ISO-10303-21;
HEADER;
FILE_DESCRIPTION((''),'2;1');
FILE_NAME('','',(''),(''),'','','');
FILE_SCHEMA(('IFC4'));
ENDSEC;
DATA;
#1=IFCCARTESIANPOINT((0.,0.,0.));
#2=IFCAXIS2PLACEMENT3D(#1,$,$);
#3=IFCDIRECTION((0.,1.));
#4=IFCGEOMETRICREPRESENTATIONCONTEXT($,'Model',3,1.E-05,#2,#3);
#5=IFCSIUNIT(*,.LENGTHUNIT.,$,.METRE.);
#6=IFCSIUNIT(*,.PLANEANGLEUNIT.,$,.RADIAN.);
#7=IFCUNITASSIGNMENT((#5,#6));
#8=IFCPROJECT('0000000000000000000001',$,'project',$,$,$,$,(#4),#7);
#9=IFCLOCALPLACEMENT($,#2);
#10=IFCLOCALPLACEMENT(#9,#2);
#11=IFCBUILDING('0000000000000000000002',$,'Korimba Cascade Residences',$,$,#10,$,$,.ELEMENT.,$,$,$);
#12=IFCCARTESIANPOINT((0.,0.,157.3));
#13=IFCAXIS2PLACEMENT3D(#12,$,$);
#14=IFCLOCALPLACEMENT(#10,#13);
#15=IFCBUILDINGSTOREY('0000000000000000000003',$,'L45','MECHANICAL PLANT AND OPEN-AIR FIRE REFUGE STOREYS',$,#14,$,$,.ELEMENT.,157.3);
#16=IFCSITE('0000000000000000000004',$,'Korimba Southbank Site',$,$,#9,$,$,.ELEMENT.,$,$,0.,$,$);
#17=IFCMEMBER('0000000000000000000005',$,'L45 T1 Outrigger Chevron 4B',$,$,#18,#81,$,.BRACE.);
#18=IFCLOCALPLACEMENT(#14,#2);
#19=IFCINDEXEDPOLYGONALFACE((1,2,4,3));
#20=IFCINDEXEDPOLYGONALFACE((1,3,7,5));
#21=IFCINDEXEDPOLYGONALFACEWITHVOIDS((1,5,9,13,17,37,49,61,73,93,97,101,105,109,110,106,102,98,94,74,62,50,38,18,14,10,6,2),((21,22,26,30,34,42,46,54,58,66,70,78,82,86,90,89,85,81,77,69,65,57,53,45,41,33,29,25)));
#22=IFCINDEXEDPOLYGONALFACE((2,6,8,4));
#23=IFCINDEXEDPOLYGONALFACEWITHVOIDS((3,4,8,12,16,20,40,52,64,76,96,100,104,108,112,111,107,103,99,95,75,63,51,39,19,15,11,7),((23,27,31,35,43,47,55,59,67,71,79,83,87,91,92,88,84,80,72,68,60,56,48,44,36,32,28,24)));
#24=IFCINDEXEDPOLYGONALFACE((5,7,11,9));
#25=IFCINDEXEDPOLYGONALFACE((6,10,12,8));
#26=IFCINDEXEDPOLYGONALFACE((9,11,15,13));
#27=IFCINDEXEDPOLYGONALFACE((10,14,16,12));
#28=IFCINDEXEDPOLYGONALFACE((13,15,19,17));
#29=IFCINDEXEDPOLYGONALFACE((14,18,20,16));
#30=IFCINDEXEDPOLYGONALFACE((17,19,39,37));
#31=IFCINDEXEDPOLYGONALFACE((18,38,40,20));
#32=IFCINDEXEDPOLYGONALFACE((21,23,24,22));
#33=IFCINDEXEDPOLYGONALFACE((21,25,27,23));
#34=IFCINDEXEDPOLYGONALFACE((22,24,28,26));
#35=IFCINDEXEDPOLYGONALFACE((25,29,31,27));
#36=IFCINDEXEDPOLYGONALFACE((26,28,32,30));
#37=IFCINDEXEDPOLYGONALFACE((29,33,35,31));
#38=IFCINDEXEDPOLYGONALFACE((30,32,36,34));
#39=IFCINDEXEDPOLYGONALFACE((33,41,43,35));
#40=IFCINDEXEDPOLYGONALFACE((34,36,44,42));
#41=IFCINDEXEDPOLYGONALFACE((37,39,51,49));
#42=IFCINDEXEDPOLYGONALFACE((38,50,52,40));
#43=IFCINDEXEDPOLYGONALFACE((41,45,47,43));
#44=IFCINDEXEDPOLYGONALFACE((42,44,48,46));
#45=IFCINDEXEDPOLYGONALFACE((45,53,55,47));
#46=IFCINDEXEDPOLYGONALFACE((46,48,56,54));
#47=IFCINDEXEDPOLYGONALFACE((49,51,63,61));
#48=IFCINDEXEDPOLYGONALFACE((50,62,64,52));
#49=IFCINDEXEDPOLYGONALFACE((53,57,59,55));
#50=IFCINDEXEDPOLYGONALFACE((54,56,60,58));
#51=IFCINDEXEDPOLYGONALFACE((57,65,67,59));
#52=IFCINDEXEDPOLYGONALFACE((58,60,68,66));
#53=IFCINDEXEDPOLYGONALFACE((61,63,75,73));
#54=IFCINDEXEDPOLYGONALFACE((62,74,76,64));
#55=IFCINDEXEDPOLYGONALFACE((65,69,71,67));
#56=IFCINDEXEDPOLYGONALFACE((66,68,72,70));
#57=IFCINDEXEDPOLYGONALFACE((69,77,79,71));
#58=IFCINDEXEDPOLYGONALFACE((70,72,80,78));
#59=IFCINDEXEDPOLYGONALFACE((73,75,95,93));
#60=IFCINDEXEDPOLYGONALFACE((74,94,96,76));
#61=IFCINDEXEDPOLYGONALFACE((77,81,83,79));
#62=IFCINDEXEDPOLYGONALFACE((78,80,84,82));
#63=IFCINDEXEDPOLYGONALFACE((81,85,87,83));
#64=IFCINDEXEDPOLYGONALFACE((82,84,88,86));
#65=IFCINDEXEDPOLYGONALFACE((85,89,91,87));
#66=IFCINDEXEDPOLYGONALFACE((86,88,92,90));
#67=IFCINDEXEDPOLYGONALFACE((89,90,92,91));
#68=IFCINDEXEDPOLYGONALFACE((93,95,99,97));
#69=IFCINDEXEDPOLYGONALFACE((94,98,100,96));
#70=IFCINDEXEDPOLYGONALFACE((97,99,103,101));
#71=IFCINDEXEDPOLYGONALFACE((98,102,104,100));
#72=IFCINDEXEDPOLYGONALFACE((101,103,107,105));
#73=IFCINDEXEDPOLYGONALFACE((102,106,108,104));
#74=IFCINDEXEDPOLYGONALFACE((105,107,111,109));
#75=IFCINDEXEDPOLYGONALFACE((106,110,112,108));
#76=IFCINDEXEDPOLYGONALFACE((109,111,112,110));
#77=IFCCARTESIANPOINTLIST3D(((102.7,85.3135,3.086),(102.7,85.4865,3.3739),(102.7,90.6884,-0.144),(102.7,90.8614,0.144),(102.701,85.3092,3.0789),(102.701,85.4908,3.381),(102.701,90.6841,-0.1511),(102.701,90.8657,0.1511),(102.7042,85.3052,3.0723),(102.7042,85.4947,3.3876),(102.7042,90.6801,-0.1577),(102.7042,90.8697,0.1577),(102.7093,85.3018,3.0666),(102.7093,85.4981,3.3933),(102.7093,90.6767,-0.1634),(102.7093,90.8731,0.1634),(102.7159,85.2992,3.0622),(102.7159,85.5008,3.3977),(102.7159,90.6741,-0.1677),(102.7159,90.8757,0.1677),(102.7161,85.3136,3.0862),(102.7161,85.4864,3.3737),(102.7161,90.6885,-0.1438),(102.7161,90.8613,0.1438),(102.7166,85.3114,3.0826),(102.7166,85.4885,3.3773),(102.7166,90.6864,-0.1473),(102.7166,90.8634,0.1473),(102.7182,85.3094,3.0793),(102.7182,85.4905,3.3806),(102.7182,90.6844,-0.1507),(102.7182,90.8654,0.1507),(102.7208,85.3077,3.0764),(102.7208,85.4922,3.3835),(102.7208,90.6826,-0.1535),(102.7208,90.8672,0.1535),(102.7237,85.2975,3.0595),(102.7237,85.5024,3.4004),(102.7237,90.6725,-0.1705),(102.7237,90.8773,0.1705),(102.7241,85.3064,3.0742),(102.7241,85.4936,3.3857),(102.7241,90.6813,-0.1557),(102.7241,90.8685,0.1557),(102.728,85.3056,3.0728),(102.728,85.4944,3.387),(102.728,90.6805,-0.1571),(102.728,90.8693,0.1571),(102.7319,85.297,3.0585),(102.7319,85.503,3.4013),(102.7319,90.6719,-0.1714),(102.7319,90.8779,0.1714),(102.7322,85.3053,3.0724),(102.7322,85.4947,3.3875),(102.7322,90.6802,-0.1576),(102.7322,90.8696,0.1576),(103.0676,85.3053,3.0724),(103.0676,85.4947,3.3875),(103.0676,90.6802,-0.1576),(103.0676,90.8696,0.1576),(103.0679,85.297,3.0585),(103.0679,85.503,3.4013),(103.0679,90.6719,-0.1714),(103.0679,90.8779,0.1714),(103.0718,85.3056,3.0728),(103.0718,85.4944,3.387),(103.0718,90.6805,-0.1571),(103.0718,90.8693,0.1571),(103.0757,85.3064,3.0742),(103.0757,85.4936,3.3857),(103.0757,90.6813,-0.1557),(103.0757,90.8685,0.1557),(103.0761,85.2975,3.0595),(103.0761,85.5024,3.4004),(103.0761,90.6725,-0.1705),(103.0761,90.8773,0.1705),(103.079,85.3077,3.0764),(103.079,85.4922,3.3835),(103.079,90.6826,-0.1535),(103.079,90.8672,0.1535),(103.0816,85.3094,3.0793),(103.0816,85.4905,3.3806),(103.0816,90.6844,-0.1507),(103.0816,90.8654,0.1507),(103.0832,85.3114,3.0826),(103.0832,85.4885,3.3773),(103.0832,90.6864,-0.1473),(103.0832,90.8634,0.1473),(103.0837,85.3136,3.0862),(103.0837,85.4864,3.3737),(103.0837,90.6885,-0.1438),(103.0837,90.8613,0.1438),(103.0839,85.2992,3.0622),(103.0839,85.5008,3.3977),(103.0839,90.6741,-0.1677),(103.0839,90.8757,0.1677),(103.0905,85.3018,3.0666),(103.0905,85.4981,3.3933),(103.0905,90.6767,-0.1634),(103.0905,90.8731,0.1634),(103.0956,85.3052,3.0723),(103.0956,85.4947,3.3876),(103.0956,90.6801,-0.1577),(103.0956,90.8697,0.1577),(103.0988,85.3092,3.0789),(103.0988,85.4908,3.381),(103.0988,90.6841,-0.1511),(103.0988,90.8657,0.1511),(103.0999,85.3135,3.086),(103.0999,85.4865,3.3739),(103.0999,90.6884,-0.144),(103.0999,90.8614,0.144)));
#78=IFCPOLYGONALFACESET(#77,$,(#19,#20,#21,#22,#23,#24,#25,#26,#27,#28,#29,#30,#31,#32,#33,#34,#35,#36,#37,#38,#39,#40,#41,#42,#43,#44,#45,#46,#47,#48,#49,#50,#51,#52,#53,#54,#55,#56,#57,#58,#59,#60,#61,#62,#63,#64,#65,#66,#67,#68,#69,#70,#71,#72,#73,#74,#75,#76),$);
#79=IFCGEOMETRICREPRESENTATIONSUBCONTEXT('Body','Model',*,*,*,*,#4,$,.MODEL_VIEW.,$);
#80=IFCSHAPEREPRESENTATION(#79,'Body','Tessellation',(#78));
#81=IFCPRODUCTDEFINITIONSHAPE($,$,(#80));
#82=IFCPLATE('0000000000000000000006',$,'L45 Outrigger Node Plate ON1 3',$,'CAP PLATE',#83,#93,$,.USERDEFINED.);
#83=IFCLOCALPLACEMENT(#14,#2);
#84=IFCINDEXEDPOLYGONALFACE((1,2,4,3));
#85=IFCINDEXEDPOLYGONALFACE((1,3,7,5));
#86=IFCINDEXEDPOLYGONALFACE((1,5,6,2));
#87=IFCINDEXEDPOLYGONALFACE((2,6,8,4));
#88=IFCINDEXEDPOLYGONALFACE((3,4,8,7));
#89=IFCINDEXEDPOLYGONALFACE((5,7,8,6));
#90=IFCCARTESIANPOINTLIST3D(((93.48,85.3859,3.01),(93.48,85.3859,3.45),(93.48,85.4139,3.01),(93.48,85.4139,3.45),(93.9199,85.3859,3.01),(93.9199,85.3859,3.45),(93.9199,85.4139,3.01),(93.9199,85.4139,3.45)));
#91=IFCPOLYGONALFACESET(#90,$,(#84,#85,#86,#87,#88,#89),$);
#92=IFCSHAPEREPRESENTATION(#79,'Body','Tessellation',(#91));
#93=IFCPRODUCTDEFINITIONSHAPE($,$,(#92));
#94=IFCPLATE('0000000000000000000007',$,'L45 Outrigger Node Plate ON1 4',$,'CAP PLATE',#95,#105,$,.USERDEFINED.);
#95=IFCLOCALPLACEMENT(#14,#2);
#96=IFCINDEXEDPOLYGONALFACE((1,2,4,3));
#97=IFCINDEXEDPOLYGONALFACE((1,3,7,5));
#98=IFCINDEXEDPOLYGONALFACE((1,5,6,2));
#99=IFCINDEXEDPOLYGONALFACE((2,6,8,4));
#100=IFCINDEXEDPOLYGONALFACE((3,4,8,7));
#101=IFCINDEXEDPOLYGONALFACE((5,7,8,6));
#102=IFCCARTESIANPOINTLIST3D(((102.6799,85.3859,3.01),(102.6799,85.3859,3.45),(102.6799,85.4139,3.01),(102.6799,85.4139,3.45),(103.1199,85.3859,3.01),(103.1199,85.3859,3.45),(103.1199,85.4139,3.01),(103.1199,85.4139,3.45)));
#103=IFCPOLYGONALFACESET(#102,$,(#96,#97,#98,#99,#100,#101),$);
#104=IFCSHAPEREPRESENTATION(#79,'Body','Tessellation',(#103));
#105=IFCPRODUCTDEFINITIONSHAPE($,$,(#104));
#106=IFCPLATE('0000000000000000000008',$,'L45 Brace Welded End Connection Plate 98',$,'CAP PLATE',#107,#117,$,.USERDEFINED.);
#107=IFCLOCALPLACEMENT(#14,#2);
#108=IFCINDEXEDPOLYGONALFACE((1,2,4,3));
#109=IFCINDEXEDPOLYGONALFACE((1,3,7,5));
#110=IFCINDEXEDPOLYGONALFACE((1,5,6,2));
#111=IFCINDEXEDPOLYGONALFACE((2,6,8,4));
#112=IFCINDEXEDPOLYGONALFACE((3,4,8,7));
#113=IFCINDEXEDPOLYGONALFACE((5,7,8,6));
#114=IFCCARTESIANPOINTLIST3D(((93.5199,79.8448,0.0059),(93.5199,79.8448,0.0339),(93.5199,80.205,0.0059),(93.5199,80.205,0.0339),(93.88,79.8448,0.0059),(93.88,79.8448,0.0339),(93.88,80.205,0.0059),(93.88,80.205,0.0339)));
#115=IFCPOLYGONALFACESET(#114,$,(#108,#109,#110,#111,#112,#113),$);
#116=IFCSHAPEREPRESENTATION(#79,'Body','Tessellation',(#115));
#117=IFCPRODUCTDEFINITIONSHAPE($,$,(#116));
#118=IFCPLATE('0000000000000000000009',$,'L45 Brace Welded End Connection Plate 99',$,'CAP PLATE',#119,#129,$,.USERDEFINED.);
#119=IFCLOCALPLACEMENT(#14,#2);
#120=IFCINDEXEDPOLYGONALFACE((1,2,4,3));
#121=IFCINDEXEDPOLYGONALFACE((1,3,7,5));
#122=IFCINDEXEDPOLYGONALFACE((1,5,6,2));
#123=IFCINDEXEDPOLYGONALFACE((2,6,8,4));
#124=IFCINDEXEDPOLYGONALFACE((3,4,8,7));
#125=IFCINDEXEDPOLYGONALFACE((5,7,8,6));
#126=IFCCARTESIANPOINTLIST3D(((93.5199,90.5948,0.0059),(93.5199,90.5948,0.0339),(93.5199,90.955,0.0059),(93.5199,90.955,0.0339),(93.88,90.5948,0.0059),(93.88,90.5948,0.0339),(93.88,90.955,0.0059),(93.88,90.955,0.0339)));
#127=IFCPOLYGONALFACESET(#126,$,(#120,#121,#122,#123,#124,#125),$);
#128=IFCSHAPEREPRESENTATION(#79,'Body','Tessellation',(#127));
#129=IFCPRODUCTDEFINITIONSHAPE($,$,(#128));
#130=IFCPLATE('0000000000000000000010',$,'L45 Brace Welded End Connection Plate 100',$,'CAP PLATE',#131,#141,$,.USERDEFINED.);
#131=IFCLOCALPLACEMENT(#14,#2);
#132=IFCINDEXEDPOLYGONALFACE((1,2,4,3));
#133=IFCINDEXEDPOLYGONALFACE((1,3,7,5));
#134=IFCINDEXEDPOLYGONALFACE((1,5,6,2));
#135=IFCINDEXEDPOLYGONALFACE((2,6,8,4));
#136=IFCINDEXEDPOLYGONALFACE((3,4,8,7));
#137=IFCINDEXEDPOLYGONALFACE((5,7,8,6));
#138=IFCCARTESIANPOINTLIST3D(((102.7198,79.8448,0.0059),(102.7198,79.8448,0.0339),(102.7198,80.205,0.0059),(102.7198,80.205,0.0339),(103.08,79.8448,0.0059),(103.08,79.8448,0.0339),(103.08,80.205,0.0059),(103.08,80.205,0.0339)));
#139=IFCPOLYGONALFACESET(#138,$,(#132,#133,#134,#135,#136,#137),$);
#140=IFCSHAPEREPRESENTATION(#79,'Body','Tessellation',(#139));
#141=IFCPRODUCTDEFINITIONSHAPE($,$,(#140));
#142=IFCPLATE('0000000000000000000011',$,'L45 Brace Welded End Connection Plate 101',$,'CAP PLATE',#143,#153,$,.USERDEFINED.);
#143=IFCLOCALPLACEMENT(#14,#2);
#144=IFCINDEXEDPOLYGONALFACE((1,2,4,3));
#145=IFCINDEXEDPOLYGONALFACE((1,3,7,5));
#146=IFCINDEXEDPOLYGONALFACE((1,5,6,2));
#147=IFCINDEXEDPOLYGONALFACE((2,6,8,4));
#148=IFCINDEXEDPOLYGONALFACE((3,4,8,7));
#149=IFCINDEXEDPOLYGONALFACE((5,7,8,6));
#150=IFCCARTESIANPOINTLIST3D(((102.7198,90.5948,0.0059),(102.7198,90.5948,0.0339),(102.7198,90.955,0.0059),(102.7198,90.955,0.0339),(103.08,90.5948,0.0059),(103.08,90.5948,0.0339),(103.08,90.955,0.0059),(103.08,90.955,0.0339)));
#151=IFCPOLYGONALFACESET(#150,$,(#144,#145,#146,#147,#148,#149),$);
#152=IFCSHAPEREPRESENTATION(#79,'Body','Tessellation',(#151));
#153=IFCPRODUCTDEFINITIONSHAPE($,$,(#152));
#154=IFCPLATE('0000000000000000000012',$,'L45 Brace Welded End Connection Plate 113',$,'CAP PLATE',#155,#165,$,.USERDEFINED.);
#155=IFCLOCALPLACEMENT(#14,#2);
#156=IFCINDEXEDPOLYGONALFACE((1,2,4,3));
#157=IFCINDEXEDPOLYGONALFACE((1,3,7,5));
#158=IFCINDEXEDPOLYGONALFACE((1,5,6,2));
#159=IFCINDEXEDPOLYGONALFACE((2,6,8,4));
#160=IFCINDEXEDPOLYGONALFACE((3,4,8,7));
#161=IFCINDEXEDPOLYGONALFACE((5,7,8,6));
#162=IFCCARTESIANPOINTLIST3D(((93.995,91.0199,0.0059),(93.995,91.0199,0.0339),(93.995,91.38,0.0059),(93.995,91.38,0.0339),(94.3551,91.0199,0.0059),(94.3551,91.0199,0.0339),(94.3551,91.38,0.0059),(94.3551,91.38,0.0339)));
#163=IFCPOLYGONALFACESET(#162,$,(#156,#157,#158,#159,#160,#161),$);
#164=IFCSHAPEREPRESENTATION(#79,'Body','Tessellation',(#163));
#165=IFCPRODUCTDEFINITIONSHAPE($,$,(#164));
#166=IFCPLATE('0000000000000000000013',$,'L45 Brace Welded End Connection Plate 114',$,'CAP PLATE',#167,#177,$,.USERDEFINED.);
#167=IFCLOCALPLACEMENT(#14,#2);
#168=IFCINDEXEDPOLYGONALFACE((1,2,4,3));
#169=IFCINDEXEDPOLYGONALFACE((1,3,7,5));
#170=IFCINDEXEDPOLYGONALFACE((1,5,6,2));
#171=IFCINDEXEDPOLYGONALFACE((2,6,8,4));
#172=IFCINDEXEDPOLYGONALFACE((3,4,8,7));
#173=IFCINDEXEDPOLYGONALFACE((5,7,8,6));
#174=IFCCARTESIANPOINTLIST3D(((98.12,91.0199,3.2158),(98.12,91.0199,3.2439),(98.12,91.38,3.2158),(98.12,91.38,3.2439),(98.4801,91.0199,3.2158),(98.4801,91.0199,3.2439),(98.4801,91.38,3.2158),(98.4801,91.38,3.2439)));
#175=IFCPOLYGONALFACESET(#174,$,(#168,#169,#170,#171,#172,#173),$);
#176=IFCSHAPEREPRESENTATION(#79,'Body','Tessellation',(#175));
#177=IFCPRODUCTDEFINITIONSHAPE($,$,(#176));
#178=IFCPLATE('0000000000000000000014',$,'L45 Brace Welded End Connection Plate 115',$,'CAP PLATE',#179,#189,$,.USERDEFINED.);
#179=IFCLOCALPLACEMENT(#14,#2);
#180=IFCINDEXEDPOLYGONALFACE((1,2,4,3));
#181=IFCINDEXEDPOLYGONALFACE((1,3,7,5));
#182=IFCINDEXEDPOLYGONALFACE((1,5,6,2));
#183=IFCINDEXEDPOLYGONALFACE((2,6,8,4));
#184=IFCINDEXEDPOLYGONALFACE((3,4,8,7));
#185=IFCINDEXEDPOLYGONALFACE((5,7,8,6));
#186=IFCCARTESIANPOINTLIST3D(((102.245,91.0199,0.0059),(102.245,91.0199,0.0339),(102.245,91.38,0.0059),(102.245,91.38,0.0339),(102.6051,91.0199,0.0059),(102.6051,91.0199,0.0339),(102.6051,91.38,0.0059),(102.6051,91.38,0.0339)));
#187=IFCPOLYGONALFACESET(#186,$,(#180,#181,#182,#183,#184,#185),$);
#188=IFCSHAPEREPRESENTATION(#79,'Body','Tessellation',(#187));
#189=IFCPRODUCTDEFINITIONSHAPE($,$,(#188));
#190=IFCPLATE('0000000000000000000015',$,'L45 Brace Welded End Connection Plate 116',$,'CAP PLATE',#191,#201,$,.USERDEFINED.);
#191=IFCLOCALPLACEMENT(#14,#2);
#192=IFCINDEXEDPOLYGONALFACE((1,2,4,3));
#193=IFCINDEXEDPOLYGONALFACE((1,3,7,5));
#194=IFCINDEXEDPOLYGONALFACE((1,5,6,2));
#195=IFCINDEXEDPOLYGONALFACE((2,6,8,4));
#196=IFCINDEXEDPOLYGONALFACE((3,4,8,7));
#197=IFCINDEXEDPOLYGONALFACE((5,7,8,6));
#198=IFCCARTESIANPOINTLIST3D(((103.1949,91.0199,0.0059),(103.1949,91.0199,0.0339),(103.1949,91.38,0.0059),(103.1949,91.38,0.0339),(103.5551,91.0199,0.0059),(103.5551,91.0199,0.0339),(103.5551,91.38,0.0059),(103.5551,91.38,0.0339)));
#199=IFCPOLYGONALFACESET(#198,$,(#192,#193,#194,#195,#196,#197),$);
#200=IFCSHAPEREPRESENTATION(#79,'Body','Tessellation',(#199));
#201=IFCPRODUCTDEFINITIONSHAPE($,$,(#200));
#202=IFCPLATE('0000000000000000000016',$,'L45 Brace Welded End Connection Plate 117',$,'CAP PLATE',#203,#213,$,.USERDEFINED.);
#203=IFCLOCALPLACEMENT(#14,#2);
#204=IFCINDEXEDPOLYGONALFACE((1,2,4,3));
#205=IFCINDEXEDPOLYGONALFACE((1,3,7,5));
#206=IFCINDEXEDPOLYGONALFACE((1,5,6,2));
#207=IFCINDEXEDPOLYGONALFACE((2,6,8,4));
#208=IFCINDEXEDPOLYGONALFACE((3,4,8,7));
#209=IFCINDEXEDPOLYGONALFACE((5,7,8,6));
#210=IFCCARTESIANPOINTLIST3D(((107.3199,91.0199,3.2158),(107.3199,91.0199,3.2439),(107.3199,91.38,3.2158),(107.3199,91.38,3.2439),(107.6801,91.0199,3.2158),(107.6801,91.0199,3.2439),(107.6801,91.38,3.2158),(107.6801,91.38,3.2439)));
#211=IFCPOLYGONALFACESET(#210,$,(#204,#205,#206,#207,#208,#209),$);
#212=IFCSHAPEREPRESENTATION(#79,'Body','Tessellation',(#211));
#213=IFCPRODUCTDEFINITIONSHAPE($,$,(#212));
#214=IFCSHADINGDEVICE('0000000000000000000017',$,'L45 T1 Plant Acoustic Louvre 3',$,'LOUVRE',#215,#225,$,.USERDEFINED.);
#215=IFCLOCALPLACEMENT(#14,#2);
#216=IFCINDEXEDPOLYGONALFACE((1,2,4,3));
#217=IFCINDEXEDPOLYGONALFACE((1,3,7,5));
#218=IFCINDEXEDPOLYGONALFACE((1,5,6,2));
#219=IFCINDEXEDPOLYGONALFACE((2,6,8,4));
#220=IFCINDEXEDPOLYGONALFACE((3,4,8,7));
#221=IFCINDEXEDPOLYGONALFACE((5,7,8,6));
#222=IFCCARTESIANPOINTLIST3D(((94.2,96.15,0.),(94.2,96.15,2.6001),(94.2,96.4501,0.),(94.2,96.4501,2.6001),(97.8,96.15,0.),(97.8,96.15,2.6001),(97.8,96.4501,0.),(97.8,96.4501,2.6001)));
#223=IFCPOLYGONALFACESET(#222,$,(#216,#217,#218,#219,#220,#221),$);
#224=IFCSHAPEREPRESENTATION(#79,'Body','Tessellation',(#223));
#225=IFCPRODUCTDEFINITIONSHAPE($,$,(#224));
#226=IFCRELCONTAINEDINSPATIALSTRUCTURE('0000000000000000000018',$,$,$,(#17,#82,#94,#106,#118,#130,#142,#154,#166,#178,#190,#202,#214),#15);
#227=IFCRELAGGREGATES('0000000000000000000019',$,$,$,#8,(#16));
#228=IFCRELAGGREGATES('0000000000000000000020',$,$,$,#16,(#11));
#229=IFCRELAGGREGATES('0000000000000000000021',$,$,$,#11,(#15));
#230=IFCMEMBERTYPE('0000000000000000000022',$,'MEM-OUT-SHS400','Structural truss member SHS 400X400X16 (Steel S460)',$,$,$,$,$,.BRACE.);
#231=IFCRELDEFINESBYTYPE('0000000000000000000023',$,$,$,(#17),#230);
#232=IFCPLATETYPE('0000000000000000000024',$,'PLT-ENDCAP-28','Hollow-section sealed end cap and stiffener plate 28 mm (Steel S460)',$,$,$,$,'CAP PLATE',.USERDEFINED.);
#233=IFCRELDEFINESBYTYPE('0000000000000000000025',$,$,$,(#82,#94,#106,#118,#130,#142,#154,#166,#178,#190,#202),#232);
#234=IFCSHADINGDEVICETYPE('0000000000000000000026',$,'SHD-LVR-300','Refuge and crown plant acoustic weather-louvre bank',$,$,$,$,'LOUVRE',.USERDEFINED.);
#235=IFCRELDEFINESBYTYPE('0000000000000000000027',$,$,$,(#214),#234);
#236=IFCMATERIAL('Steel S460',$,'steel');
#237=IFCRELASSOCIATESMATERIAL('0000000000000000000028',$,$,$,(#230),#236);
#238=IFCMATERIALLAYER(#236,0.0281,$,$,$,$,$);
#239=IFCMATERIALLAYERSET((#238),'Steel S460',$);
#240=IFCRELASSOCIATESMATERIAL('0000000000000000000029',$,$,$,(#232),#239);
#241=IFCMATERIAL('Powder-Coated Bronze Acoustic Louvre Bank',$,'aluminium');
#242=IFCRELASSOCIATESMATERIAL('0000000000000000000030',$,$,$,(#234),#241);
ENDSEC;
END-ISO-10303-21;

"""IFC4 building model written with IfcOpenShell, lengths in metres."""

from ifc_helpers import new_model, si_unit, direction, frame, origin, origin_2d, place, context, subcontext, project, spatial, rectangle, hollow_rectangle, extrude, material, layer, layer_set, material_profile, profile_set, type_object, element, save


model = new_model("IFC4")

# Units and contexts
model_context = context("Model", 3, precision=1e-05, world=origin(), true_north=direction((0.0, 1.0)))
body_context = subcontext(model_context, "Body", "Model", "MODEL_VIEW")
ifc_project = project(units=[si_unit("LENGTHUNIT", "METRE"), si_unit("PLANEANGLEUNIT", "RADIAN")], contexts=[model_context])

# Site, building, storey
site_placement = place(None, origin())
site = spatial("IfcSite", under=ifc_project, at=site_placement, Name="Korimba Southbank Site", CompositionType="ELEMENT", RefElevation=0.0)
building_placement = place(site_placement, origin())
building = spatial("IfcBuilding", under=site, at=building_placement, Name="Korimba Cascade Residences", CompositionType="ELEMENT")
storey_placement = place(building_placement, frame((0.0, 0.0, 157.3)))
storey = spatial("IfcBuildingStorey", under=building, at=storey_placement, Name="L45", Description="MECHANICAL PLANT AND OPEN-AIR FIRE REFUGE STOREYS", CompositionType="ELEMENT", Elevation=157.3)

# Member
ifc_material_1 = material(Name="Steel S460", Category="steel")
ifc_material_profile_1 = material_profile(ifc_material_1, hollow_rectangle(XDim=0.3999, YDim=0.3999, WallThickness=0.0161, InnerFilletRadius=0.0161, OuterFilletRadius=0.032, at=origin_2d()), Name="Steel S460")
ifc_profile_set_1 = profile_set([ifc_material_profile_1], Name="Steel S460")
member_type_1 = type_object("IfcMemberType", Name="MEM-OUT-SHS400", Description="Structural truss member SHS 400X400X16 (Steel S460)", PredefinedType="BRACE", material=ifc_profile_set_1)
for number, where, z_axis, x_axis, name in (
    (1, (102.8999, 90.7749, 0.0), (0.0, -0.857142, 0.51508), (1.0, 0.0, 0.0), "L45 T1 Outrigger Chevron 4B"),
):
    element("IfcMember", number, at=place(storey_placement, frame(where, z_axis=z_axis, x_axis=x_axis)), inside=storey, type_object=member_type_1, Name=name, PredefinedType="BRACE", context=body_context, shape_type="SweptSolid", body=[
        extrude(hollow_rectangle(XDim=0.3999, YDim=0.3999, WallThickness=0.0161, InnerFilletRadius=0.0161, OuterFilletRadius=0.032, at=origin_2d()), origin(), (0.0, 0.0, 1.0), 6.2708),
    ])

# Plates
ifc_layer = layer(ifc_material_1, 0.0281)
ifc_layer_set = layer_set([ifc_layer], Name="Steel S460")
plate_type = type_object("IfcPlateType", Name="PLT-ENDCAP-28", Description="Hollow-section sealed end cap and stiffener plate 28 mm (Steel S460)", ElementType="CAP PLATE", PredefinedType="USERDEFINED", material=ifc_layer_set)
for number, where, z_axis, x_axis, name in (
    (2, (93.7, 85.3999, 3.01), (0.0, 0.0, 1.0), (1.0, 0.0, 0.0), "L45 Outrigger Node Plate ON1 3"),
    (3, (102.8999, 85.3999, 3.01), (0.0, 0.0, 1.0), (1.0, 0.0, 0.0), "L45 Outrigger Node Plate ON1 4"),
):
    element("IfcPlate", number, at=place(storey_placement, frame(where, z_axis=z_axis, x_axis=x_axis)), inside=storey, type_object=plate_type, Name=name, ObjectType="CAP PLATE", PredefinedType="USERDEFINED", context=body_context, shape_type="SweptSolid", body=[
        extrude(rectangle(XDim=0.4399, YDim=0.0281, at=origin_2d()), origin(), (0.0, 0.0, 1.0), 0.4399),
    ])
for number, where, z_axis, x_axis, name in (
    (4, (93.7, 80.0249, 0.0059), (0.0, 0.0, 1.0), (1.0, 0.0, 0.0), "L45 Brace Welded End Connection Plate 98"),
    (5, (93.7, 90.7749, 0.0059), (0.0, 0.0, 1.0), (1.0, 0.0, 0.0), "L45 Brace Welded End Connection Plate 99"),
    (6, (102.8999, 80.0249, 0.0059), (0.0, 0.0, 1.0), (1.0, 0.0, 0.0), "L45 Brace Welded End Connection Plate 100"),
    (7, (102.8999, 90.7749, 0.0059), (0.0, 0.0, 1.0), (1.0, 0.0, 0.0), "L45 Brace Welded End Connection Plate 101"),
    (8, (94.175, 91.2, 0.0059), (0.0, 0.0, 1.0), (1.0, 0.0, 0.0), "L45 Brace Welded End Connection Plate 113"),
    (9, (98.3, 91.2, 3.2158), (0.0, 0.0, 1.0), (1.0, 0.0, 0.0), "L45 Brace Welded End Connection Plate 114"),
    (10, (102.425, 91.2, 0.0059), (0.0, 0.0, 1.0), (1.0, 0.0, 0.0), "L45 Brace Welded End Connection Plate 115"),
    (11, (103.375, 91.2, 0.0059), (0.0, 0.0, 1.0), (1.0, 0.0, 0.0), "L45 Brace Welded End Connection Plate 116"),
    (12, (107.5, 91.2, 3.2158), (0.0, 0.0, 1.0), (1.0, 0.0, 0.0), "L45 Brace Welded End Connection Plate 117"),
):
    element("IfcPlate", number, at=place(storey_placement, frame(where, z_axis=z_axis, x_axis=x_axis)), inside=storey, type_object=plate_type, Name=name, ObjectType="CAP PLATE", PredefinedType="USERDEFINED", context=body_context, shape_type="SweptSolid", body=[
        extrude(rectangle(XDim=0.3601, YDim=0.3601, at=origin_2d()), origin(), (0.0, 0.0, 1.0), 0.0281),
    ])

# Shading device
ifc_material_2 = material(Name="Powder-Coated Bronze Acoustic Louvre Bank", Category="aluminium")
shading_device_type = type_object("IfcShadingDeviceType", Name="SHD-LVR-300", Description="Refuge and crown plant acoustic weather-louvre bank", ElementType="LOUVRE", PredefinedType="USERDEFINED", material=ifc_material_2)
shading_device_placement = place(storey_placement, frame((96.0, 96.3, 0.0), z_axis=(0.0, 0.0, 1.0), x_axis=(1.0, 0.0, 0.0)))
element("IfcShadingDevice", 13, at=shading_device_placement, inside=storey, type_object=shading_device_type, Name="L45 T1 Plant Acoustic Louvre 3", ObjectType="LOUVRE", PredefinedType="USERDEFINED", context=body_context, shape_type="SweptSolid", body=[
    extrude(rectangle(XDim=3.6001, YDim=0.3, at=origin_2d()), origin(), (0.0, 0.0, 1.0), 2.6001),
])

save(model, "model.ifc")
